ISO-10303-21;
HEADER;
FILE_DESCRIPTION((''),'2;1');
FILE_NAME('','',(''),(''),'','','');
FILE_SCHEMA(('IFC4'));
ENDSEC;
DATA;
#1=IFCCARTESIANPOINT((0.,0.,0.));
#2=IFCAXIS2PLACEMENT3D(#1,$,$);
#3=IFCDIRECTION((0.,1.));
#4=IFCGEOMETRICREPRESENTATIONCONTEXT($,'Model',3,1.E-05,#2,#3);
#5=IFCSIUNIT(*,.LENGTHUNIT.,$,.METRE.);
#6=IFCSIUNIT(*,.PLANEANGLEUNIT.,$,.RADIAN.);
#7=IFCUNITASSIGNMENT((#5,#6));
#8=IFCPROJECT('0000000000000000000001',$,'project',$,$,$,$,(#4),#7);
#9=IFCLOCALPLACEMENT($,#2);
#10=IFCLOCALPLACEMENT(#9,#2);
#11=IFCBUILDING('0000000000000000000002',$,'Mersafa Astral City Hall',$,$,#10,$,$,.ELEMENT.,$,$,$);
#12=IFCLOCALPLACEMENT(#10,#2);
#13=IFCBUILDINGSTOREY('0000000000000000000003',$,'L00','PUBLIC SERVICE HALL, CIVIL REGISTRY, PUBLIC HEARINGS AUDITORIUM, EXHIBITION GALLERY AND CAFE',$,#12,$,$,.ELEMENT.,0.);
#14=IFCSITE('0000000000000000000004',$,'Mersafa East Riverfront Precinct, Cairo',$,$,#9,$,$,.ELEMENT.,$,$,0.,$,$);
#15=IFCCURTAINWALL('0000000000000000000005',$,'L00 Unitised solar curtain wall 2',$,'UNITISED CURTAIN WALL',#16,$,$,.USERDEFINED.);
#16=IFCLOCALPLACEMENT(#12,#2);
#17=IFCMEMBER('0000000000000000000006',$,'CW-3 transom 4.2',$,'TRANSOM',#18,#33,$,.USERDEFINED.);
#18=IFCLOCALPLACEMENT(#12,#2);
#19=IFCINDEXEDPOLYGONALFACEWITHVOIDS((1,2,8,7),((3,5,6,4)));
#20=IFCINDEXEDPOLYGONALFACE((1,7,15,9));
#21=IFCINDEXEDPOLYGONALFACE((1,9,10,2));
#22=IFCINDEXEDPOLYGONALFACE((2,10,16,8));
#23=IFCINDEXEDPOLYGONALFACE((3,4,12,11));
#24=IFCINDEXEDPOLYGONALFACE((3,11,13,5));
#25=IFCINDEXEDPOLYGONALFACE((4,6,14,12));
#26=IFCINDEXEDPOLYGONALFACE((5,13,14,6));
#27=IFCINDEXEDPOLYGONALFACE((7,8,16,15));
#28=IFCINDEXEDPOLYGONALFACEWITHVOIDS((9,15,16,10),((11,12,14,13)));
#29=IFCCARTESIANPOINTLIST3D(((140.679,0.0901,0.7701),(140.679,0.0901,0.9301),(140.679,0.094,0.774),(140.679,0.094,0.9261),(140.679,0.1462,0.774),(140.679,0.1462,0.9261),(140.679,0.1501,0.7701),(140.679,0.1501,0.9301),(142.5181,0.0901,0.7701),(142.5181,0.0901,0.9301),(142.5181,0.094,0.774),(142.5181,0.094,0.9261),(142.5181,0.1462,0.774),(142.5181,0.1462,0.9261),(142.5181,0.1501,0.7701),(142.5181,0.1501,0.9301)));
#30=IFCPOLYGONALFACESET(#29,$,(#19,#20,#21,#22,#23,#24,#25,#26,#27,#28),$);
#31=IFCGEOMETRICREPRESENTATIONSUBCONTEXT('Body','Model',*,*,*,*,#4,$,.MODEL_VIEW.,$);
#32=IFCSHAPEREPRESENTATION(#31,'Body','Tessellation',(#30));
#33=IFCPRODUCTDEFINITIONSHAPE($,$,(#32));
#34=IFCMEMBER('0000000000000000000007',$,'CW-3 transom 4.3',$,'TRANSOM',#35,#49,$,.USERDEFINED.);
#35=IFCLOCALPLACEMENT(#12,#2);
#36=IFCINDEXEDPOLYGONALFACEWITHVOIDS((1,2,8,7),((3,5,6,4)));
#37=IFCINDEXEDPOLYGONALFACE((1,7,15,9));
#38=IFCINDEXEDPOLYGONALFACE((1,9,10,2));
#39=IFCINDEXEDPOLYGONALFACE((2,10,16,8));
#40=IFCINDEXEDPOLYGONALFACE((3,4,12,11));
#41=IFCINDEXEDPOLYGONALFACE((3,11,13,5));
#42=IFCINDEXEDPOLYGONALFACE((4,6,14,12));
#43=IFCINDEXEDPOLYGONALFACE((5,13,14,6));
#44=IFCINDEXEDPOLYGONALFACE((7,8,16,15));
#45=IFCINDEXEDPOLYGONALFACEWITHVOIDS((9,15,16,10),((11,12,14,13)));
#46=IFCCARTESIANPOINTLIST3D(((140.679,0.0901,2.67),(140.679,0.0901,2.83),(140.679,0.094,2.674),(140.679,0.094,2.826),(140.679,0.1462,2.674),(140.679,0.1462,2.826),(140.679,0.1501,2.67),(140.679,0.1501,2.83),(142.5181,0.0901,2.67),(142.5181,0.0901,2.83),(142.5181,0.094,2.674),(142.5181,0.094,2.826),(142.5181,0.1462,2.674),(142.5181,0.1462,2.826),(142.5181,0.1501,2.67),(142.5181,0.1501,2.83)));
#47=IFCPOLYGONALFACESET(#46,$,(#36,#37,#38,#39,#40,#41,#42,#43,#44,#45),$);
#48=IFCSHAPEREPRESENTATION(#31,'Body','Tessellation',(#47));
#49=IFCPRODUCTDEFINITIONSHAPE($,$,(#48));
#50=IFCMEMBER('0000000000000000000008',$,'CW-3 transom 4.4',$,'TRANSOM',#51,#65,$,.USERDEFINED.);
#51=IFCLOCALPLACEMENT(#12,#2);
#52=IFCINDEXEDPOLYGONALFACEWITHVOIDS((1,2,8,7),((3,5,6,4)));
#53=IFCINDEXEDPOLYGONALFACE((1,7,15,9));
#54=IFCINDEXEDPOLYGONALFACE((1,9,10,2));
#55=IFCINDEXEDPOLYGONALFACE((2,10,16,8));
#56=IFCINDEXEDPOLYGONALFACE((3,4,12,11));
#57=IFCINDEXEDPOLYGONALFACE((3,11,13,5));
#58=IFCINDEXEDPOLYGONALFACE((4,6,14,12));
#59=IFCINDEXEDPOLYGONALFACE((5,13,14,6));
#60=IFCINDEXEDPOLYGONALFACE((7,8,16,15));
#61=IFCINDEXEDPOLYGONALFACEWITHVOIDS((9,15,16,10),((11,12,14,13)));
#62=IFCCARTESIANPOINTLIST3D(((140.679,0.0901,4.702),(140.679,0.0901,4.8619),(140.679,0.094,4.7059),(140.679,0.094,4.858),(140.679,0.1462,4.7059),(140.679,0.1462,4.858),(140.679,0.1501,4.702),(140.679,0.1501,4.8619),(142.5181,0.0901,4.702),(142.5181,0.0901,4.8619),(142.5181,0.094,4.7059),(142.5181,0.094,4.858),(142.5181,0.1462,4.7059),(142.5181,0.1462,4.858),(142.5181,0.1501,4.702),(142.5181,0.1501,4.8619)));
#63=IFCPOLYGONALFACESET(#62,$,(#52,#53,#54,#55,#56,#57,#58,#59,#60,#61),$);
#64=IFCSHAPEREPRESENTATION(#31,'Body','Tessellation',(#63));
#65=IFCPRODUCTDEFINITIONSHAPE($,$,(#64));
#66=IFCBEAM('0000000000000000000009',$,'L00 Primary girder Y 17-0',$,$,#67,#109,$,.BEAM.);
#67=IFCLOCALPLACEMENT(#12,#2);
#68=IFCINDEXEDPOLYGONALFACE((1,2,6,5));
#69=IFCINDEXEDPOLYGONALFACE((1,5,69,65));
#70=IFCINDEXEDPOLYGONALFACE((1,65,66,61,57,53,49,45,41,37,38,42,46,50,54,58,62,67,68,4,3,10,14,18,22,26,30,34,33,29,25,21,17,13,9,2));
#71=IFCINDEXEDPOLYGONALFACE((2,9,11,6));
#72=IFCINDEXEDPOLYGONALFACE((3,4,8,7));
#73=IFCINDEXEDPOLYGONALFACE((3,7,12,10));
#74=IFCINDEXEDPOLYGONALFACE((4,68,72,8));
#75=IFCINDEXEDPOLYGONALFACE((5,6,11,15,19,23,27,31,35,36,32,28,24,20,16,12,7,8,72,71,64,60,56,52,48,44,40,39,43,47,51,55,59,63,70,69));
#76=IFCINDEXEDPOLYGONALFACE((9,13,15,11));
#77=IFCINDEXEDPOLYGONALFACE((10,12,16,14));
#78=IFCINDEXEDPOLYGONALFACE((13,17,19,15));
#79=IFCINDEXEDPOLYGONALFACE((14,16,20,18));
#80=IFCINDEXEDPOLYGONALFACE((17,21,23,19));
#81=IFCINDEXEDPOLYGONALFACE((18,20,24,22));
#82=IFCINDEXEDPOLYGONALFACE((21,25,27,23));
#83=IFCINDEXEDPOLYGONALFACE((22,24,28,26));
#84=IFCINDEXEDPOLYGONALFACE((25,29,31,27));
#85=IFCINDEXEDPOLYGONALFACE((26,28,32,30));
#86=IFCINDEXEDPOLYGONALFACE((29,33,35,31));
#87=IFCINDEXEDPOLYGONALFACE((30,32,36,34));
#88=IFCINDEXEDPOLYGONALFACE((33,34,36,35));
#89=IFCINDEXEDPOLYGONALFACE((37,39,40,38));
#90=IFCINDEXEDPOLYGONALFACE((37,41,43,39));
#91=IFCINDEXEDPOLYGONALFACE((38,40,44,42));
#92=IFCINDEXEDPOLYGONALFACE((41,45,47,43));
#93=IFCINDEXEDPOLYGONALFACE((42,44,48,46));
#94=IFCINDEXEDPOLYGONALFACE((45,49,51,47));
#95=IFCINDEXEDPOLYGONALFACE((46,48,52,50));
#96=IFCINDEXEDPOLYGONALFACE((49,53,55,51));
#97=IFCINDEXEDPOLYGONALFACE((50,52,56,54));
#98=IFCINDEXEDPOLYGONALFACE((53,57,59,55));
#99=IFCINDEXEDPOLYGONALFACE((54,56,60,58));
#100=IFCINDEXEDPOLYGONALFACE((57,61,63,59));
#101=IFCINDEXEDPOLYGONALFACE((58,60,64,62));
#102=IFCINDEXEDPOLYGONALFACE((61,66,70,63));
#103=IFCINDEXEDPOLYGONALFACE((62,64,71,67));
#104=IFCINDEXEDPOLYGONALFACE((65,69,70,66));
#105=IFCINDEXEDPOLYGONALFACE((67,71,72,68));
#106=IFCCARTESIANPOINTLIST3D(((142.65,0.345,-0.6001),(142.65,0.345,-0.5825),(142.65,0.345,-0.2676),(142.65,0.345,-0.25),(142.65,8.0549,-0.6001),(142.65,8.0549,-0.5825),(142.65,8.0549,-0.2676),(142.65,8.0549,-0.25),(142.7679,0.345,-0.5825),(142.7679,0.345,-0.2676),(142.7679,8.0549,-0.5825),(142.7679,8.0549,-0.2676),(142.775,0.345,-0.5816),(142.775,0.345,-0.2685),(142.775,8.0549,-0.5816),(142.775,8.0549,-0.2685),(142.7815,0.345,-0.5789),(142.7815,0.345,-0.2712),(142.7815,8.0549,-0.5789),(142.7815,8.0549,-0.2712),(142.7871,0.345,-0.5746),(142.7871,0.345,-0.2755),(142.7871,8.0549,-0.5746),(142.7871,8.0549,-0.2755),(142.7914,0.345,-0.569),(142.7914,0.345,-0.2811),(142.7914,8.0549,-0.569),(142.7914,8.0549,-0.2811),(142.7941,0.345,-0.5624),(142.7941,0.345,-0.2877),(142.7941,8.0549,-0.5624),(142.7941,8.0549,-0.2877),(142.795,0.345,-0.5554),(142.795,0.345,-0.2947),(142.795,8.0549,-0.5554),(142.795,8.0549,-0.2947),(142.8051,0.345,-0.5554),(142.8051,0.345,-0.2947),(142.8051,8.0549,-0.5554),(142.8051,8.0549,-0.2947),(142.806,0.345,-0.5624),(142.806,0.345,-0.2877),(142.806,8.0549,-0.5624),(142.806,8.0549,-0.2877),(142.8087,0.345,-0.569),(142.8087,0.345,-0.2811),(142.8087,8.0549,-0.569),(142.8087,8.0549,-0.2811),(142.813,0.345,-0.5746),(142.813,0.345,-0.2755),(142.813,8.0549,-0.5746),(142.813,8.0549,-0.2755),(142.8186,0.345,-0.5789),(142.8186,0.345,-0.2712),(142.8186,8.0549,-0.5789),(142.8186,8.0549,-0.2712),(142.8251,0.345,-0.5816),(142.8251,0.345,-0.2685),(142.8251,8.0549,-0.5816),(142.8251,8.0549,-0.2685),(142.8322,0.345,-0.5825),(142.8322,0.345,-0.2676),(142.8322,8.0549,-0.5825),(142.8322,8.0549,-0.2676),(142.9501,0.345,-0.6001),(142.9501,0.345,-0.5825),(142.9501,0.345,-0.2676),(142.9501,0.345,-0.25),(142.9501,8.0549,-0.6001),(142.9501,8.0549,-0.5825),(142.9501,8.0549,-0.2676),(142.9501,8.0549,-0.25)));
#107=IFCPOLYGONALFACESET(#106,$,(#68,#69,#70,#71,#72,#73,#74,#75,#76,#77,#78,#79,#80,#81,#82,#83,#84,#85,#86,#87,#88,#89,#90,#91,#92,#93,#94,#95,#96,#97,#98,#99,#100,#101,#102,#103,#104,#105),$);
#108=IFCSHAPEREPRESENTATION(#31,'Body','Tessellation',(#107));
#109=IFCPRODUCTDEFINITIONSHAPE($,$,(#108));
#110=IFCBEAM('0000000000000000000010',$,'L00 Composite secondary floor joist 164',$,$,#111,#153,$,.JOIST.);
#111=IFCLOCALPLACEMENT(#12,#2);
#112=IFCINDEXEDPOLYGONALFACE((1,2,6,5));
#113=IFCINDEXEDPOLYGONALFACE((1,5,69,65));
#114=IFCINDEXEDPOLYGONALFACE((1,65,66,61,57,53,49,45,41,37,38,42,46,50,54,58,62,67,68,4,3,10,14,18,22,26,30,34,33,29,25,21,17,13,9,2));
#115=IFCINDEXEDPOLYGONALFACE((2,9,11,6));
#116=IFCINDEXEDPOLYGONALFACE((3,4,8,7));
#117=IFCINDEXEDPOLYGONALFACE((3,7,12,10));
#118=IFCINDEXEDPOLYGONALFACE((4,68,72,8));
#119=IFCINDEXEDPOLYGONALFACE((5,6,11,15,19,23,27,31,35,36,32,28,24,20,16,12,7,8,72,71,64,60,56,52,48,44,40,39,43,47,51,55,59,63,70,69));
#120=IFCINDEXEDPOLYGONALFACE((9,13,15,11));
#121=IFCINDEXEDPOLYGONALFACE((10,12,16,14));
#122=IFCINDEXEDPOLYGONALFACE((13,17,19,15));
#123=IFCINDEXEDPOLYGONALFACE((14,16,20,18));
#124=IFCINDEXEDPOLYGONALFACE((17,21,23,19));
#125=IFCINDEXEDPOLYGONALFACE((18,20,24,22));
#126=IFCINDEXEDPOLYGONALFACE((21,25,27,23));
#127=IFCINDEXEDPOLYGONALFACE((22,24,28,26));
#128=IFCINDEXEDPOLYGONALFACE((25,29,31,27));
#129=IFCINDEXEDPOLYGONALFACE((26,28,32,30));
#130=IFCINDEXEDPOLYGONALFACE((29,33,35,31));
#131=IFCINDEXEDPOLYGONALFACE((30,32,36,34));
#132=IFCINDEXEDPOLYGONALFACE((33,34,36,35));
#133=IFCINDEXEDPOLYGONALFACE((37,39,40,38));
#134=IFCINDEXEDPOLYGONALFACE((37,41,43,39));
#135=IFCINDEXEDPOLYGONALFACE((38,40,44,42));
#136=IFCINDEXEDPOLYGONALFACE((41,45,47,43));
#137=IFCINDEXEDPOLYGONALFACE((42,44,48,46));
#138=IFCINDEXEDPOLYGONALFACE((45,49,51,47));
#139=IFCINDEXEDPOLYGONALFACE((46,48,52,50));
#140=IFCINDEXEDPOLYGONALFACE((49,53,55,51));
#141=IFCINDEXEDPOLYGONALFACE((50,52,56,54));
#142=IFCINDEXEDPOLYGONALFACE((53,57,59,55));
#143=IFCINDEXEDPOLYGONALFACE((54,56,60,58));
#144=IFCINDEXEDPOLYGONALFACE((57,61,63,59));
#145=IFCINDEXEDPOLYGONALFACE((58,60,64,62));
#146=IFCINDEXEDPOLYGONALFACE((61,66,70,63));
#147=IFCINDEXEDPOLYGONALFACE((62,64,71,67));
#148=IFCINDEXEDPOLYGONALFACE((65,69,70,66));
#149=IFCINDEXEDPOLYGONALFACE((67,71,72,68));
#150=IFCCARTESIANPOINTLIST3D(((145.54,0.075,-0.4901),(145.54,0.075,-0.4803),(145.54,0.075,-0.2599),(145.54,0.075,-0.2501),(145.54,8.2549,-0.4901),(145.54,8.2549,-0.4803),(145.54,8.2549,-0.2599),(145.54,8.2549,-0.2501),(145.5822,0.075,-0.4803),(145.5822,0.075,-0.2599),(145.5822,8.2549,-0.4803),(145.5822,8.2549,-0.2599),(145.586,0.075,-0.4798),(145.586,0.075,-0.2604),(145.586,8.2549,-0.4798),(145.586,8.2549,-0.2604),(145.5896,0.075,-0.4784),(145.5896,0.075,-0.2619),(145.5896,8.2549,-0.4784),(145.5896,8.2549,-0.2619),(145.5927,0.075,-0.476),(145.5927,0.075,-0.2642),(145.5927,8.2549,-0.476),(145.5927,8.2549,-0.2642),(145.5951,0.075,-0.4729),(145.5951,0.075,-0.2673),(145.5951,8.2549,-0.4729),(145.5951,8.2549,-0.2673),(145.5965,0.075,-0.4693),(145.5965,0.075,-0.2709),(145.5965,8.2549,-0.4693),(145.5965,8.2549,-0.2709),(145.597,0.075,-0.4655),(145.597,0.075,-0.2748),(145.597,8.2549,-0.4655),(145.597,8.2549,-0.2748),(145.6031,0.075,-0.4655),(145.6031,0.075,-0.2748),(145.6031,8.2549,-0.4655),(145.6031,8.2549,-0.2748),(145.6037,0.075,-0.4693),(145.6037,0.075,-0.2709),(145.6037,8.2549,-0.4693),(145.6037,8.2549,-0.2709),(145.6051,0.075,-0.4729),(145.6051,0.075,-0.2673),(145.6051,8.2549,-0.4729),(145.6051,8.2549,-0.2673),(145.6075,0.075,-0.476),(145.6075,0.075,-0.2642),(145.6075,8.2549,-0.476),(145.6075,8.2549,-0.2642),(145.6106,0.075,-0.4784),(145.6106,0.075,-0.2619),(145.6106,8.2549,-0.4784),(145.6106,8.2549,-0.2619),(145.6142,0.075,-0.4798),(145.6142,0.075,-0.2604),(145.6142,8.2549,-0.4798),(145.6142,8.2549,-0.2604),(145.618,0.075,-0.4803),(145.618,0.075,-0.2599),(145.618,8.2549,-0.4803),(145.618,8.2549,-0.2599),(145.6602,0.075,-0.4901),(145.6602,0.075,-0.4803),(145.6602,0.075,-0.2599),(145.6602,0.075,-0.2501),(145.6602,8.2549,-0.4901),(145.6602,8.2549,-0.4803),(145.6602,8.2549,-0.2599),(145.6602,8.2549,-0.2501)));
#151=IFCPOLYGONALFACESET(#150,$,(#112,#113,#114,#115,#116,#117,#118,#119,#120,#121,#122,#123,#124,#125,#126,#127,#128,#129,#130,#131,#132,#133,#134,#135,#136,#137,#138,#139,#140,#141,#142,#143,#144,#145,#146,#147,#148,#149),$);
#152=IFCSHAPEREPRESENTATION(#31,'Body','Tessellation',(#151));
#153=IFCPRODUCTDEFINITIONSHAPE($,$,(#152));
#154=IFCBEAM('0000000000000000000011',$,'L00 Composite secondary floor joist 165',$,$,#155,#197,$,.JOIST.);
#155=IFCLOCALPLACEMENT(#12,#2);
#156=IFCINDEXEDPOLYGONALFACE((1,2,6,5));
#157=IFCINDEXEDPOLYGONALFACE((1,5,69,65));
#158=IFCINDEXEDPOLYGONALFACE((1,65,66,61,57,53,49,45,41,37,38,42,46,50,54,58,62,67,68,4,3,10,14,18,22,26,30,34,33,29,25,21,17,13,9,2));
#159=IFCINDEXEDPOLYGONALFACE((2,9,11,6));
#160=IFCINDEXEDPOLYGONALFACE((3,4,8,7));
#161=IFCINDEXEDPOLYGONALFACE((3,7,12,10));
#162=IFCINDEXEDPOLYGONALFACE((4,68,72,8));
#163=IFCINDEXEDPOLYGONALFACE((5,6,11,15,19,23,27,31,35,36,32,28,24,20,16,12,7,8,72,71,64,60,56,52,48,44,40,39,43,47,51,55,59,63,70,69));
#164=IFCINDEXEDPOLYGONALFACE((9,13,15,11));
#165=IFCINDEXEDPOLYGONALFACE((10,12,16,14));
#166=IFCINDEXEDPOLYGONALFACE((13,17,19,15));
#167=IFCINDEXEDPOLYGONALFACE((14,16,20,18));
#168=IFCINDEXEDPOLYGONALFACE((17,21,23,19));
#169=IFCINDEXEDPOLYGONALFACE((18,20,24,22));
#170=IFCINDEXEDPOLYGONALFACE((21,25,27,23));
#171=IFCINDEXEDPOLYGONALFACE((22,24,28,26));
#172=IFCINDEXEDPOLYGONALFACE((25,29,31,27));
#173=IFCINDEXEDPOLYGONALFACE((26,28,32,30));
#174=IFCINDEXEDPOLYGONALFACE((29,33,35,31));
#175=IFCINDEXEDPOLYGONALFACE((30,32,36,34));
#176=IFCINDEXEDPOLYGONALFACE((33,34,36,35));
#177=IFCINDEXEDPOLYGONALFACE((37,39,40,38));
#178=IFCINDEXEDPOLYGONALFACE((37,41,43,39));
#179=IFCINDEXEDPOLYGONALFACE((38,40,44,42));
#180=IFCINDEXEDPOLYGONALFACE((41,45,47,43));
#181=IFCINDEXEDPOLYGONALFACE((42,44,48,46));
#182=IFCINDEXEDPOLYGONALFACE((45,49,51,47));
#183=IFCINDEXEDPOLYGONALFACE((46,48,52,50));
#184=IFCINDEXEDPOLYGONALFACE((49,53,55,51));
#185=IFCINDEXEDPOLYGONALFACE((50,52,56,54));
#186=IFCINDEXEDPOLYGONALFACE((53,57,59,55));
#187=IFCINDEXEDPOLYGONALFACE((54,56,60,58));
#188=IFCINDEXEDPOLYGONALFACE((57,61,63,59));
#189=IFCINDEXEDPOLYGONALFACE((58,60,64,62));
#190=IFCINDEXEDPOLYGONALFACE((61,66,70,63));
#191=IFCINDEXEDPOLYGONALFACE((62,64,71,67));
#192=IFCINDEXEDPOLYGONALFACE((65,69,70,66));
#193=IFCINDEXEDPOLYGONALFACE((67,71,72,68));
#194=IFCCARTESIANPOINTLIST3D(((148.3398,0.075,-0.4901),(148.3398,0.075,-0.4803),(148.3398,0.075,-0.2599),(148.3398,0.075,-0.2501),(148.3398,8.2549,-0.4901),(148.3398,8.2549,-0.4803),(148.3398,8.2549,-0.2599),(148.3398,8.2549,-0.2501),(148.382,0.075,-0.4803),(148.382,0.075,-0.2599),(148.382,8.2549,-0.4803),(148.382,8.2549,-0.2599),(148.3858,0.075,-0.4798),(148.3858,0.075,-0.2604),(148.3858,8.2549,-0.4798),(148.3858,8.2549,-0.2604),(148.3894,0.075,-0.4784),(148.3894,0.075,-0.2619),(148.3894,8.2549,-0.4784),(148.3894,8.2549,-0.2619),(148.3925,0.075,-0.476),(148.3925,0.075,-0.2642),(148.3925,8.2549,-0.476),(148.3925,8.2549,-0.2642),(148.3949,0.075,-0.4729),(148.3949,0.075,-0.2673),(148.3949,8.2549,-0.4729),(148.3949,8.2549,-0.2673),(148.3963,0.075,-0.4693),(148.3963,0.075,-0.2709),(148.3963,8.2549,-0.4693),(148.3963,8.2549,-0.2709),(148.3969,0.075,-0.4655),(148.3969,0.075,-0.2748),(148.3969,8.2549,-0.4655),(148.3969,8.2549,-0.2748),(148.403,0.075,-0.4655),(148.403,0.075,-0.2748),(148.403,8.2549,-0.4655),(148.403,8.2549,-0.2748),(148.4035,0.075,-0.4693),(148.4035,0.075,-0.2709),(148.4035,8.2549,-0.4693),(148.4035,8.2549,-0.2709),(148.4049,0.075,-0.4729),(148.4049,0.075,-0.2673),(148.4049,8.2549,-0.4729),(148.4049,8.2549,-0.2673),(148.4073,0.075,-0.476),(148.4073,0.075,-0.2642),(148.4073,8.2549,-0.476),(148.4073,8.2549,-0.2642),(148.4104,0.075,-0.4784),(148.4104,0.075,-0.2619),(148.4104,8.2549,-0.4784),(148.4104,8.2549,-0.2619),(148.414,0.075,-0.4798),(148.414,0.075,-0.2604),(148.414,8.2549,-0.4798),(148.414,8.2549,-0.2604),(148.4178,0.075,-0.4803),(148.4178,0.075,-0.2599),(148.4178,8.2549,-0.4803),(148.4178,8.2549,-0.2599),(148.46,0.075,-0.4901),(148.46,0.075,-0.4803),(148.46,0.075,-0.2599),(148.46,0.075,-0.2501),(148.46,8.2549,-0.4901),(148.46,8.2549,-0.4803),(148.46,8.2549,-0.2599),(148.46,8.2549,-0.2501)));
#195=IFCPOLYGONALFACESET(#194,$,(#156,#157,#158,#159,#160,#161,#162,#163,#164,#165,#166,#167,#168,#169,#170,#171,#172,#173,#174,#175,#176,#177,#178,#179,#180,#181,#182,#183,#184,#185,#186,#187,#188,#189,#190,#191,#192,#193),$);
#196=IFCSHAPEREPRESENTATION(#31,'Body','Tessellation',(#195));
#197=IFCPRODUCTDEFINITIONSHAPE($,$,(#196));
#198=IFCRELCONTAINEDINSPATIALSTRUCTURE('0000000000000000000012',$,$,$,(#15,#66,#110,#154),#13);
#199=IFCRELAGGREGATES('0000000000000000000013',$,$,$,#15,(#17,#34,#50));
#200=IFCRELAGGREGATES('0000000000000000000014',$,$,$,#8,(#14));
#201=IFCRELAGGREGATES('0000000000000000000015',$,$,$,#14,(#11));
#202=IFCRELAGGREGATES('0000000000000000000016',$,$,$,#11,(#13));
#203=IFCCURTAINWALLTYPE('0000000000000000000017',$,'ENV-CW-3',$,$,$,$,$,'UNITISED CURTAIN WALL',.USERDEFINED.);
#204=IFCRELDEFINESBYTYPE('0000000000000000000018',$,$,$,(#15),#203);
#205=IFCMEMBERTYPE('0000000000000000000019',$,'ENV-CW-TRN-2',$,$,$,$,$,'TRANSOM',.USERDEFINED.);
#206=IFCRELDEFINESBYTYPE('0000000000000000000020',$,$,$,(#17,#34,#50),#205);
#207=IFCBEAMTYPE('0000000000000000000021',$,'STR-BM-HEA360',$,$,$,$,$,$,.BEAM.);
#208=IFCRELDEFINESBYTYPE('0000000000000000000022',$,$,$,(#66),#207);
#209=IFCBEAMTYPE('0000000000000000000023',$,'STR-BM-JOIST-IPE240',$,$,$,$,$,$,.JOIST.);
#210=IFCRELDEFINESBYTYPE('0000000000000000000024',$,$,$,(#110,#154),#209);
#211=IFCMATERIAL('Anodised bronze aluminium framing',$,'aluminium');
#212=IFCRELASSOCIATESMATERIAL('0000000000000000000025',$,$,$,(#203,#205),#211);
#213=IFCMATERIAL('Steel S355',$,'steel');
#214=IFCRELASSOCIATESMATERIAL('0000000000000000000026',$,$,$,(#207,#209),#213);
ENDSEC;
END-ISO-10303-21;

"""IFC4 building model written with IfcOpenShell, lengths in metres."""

from ifc_helpers import new_model, si_unit, direction, frame, origin, origin_2d, place, context, subcontext, project, spatial, hollow_rectangle, i_section, extrude, material, material_profile, profile_set, type_object, element, aggregate, save


model = new_model("IFC4")

# Units and contexts
model_context = context("Model", 3, precision=1e-05, world=origin(), true_north=direction((0.0, 1.0)))
body_context = subcontext(model_context, "Body", "Model", "MODEL_VIEW")
ifc_project = project(units=[si_unit("LENGTHUNIT", "METRE"), si_unit("PLANEANGLEUNIT", "RADIAN")], contexts=[model_context])

# Site, building, storey
site_placement = place(None, origin())
site = spatial("IfcSite", under=ifc_project, at=site_placement, Name="Mersafa East Riverfront Precinct, Cairo", CompositionType="ELEMENT", RefElevation=0.0)
building_placement = place(site_placement, origin())
building = spatial("IfcBuilding", under=site, at=building_placement, Name="Mersafa Astral City Hall", CompositionType="ELEMENT")
storey_placement = place(building_placement, origin())
storey = spatial("IfcBuildingStorey", under=building, at=storey_placement, Name="L00", Description="PUBLIC SERVICE HALL, CIVIL REGISTRY, PUBLIC HEARINGS AUDITORIUM, EXHIBITION GALLERY AND CAFE", CompositionType="ELEMENT", Elevation=0.0)

# Shared definitions
ifc_material_1 = material(Name="Steel S355", Category="steel")

# Curtain wall
ifc_material_2 = material(Name="Anodised bronze aluminium framing", Category="aluminium")
curtain_wall_type_1 = type_object("IfcCurtainWallType", Name="ENV-CW-3", ElementType="UNITISED CURTAIN WALL", PredefinedType="USERDEFINED", material=ifc_material_2)
curtain_wall_1_placement = place(storey_placement, origin())
curtain_wall_1 = element("IfcCurtainWall", 1, at=curtain_wall_1_placement, inside=storey, type_object=curtain_wall_type_1, Name="L00 Unitised solar curtain wall 2", ObjectType="UNITISED CURTAIN WALL", PredefinedType="USERDEFINED")

# Members
ifc_material_profile_1 = material_profile(ifc_material_2, hollow_rectangle(XDim=0.0601, YDim=0.1599, WallThickness=0.0039, at=origin_2d()), Name="RHS 60x160x4")
ifc_profile_set_1 = profile_set([ifc_material_profile_1], Name="Anodised bronze aluminium framing")
member_type_1 = type_object("IfcMemberType", Name="ENV-CW-TRN-2", ElementType="TRANSOM", PredefinedType="USERDEFINED", material=ifc_profile_set_1)
member_1_placement = place(storey_placement, frame((140.679, 0.1201, 0.8501), z_axis=(1.0, 0.0, 0.0), x_axis=(0.0, 1.0, 0.0)))
member_1 = element("IfcMember", 2, at=member_1_placement, type_object=member_type_1, Name="CW-3 transom 4.2", ObjectType="TRANSOM", PredefinedType="USERDEFINED", context=body_context, shape_type="SweptSolid", body=[
    extrude(hollow_rectangle(XDim=0.0601, YDim=0.1599, WallThickness=0.0039, at=origin_2d()), origin(), (0.0, 0.0, 1.0), 1.8391),
])
member_2_placement = place(storey_placement, frame((140.679, 0.1201, 2.75), z_axis=(1.0, 0.0, 0.0), x_axis=(0.0, 1.0, 0.0)))
member_2 = element("IfcMember", 3, at=member_2_placement, type_object=member_type_1, Name="CW-3 transom 4.3", ObjectType="TRANSOM", PredefinedType="USERDEFINED", context=body_context, shape_type="SweptSolid", body=[
    extrude(hollow_rectangle(XDim=0.0601, YDim=0.1599, WallThickness=0.0039, at=origin_2d()), origin(), (0.0, 0.0, 1.0), 1.8391),
])
member_3_placement = place(storey_placement, frame((140.679, 0.1201, 4.782), z_axis=(1.0, 0.0, 0.0), x_axis=(0.0, 1.0, 0.0)))
member_3 = element("IfcMember", 4, at=member_3_placement, type_object=member_type_1, Name="CW-3 transom 4.4", ObjectType="TRANSOM", PredefinedType="USERDEFINED", context=body_context, shape_type="SweptSolid", body=[
    extrude(hollow_rectangle(XDim=0.0601, YDim=0.1599, WallThickness=0.0039, at=origin_2d()), origin(), (0.0, 0.0, 1.0), 1.8391),
])

# Beams
ifc_material_profile_2 = material_profile(ifc_material_1, i_section(OverallWidth=0.3, OverallDepth=0.3501, WebThickness=0.01, FlangeThickness=0.0176, FilletRadius=0.0271, at=origin_2d()), Name="HEA 360")
ifc_profile_set_2 = profile_set([ifc_material_profile_2], Name="Steel S355")
beam_type_1 = type_object("IfcBeamType", Name="STR-BM-HEA360", PredefinedType="BEAM", material=ifc_profile_set_2)
beam_1_placement = place(storey_placement, frame((142.8, 0.345, -0.425), z_axis=(0.0, 1.0, 0.0), x_axis=(-1.0, 0.0, 0.0)))
element("IfcBeam", 5, at=beam_1_placement, inside=storey, type_object=beam_type_1, Name="L00 Primary girder Y 17-0", PredefinedType="BEAM", context=body_context, shape_type="SweptSolid", body=[
    extrude(i_section(OverallWidth=0.3, OverallDepth=0.3501, WebThickness=0.01, FlangeThickness=0.0176, FilletRadius=0.0271, at=origin_2d()), origin(), (0.0, 0.0, 1.0), 7.71),
])
ifc_material_profile_3 = material_profile(ifc_material_1, i_section(OverallWidth=0.1201, OverallDepth=0.24, WebThickness=0.0061, FlangeThickness=0.0098, FilletRadius=0.0149, at=origin_2d()), Name="IPE 240")
ifc_profile_set_3 = profile_set([ifc_material_profile_3], Name="Steel S355")
beam_type_2 = type_object("IfcBeamType", Name="STR-BM-JOIST-IPE240", PredefinedType="JOIST", material=ifc_profile_set_3)
for number, where, z_axis, x_axis, name in (
    (6, (145.6001, 0.075, -0.3701), (0.0, 1.0, 0.0), (-1.0, 0.0, 0.0), "L00 Composite secondary floor joist 164"),
    (7, (148.3999, 0.075, -0.3701), (0.0, 1.0, 0.0), (-1.0, 0.0, 0.0), "L00 Composite secondary floor joist 165"),
):
    element("IfcBeam", number, at=place(storey_placement, frame(where, z_axis=z_axis, x_axis=x_axis)), inside=storey, type_object=beam_type_2, Name=name, PredefinedType="JOIST", context=body_context, shape_type="SweptSolid", body=[
        extrude(i_section(OverallWidth=0.1201, OverallDepth=0.24, WebThickness=0.0061, FlangeThickness=0.0098, FilletRadius=0.0149, at=origin_2d()), origin(), (0.0, 0.0, 1.0), 8.1799),
    ])

aggregate(curtain_wall_1, [member_1, member_2, member_3])

save(model, "model.ifc")
